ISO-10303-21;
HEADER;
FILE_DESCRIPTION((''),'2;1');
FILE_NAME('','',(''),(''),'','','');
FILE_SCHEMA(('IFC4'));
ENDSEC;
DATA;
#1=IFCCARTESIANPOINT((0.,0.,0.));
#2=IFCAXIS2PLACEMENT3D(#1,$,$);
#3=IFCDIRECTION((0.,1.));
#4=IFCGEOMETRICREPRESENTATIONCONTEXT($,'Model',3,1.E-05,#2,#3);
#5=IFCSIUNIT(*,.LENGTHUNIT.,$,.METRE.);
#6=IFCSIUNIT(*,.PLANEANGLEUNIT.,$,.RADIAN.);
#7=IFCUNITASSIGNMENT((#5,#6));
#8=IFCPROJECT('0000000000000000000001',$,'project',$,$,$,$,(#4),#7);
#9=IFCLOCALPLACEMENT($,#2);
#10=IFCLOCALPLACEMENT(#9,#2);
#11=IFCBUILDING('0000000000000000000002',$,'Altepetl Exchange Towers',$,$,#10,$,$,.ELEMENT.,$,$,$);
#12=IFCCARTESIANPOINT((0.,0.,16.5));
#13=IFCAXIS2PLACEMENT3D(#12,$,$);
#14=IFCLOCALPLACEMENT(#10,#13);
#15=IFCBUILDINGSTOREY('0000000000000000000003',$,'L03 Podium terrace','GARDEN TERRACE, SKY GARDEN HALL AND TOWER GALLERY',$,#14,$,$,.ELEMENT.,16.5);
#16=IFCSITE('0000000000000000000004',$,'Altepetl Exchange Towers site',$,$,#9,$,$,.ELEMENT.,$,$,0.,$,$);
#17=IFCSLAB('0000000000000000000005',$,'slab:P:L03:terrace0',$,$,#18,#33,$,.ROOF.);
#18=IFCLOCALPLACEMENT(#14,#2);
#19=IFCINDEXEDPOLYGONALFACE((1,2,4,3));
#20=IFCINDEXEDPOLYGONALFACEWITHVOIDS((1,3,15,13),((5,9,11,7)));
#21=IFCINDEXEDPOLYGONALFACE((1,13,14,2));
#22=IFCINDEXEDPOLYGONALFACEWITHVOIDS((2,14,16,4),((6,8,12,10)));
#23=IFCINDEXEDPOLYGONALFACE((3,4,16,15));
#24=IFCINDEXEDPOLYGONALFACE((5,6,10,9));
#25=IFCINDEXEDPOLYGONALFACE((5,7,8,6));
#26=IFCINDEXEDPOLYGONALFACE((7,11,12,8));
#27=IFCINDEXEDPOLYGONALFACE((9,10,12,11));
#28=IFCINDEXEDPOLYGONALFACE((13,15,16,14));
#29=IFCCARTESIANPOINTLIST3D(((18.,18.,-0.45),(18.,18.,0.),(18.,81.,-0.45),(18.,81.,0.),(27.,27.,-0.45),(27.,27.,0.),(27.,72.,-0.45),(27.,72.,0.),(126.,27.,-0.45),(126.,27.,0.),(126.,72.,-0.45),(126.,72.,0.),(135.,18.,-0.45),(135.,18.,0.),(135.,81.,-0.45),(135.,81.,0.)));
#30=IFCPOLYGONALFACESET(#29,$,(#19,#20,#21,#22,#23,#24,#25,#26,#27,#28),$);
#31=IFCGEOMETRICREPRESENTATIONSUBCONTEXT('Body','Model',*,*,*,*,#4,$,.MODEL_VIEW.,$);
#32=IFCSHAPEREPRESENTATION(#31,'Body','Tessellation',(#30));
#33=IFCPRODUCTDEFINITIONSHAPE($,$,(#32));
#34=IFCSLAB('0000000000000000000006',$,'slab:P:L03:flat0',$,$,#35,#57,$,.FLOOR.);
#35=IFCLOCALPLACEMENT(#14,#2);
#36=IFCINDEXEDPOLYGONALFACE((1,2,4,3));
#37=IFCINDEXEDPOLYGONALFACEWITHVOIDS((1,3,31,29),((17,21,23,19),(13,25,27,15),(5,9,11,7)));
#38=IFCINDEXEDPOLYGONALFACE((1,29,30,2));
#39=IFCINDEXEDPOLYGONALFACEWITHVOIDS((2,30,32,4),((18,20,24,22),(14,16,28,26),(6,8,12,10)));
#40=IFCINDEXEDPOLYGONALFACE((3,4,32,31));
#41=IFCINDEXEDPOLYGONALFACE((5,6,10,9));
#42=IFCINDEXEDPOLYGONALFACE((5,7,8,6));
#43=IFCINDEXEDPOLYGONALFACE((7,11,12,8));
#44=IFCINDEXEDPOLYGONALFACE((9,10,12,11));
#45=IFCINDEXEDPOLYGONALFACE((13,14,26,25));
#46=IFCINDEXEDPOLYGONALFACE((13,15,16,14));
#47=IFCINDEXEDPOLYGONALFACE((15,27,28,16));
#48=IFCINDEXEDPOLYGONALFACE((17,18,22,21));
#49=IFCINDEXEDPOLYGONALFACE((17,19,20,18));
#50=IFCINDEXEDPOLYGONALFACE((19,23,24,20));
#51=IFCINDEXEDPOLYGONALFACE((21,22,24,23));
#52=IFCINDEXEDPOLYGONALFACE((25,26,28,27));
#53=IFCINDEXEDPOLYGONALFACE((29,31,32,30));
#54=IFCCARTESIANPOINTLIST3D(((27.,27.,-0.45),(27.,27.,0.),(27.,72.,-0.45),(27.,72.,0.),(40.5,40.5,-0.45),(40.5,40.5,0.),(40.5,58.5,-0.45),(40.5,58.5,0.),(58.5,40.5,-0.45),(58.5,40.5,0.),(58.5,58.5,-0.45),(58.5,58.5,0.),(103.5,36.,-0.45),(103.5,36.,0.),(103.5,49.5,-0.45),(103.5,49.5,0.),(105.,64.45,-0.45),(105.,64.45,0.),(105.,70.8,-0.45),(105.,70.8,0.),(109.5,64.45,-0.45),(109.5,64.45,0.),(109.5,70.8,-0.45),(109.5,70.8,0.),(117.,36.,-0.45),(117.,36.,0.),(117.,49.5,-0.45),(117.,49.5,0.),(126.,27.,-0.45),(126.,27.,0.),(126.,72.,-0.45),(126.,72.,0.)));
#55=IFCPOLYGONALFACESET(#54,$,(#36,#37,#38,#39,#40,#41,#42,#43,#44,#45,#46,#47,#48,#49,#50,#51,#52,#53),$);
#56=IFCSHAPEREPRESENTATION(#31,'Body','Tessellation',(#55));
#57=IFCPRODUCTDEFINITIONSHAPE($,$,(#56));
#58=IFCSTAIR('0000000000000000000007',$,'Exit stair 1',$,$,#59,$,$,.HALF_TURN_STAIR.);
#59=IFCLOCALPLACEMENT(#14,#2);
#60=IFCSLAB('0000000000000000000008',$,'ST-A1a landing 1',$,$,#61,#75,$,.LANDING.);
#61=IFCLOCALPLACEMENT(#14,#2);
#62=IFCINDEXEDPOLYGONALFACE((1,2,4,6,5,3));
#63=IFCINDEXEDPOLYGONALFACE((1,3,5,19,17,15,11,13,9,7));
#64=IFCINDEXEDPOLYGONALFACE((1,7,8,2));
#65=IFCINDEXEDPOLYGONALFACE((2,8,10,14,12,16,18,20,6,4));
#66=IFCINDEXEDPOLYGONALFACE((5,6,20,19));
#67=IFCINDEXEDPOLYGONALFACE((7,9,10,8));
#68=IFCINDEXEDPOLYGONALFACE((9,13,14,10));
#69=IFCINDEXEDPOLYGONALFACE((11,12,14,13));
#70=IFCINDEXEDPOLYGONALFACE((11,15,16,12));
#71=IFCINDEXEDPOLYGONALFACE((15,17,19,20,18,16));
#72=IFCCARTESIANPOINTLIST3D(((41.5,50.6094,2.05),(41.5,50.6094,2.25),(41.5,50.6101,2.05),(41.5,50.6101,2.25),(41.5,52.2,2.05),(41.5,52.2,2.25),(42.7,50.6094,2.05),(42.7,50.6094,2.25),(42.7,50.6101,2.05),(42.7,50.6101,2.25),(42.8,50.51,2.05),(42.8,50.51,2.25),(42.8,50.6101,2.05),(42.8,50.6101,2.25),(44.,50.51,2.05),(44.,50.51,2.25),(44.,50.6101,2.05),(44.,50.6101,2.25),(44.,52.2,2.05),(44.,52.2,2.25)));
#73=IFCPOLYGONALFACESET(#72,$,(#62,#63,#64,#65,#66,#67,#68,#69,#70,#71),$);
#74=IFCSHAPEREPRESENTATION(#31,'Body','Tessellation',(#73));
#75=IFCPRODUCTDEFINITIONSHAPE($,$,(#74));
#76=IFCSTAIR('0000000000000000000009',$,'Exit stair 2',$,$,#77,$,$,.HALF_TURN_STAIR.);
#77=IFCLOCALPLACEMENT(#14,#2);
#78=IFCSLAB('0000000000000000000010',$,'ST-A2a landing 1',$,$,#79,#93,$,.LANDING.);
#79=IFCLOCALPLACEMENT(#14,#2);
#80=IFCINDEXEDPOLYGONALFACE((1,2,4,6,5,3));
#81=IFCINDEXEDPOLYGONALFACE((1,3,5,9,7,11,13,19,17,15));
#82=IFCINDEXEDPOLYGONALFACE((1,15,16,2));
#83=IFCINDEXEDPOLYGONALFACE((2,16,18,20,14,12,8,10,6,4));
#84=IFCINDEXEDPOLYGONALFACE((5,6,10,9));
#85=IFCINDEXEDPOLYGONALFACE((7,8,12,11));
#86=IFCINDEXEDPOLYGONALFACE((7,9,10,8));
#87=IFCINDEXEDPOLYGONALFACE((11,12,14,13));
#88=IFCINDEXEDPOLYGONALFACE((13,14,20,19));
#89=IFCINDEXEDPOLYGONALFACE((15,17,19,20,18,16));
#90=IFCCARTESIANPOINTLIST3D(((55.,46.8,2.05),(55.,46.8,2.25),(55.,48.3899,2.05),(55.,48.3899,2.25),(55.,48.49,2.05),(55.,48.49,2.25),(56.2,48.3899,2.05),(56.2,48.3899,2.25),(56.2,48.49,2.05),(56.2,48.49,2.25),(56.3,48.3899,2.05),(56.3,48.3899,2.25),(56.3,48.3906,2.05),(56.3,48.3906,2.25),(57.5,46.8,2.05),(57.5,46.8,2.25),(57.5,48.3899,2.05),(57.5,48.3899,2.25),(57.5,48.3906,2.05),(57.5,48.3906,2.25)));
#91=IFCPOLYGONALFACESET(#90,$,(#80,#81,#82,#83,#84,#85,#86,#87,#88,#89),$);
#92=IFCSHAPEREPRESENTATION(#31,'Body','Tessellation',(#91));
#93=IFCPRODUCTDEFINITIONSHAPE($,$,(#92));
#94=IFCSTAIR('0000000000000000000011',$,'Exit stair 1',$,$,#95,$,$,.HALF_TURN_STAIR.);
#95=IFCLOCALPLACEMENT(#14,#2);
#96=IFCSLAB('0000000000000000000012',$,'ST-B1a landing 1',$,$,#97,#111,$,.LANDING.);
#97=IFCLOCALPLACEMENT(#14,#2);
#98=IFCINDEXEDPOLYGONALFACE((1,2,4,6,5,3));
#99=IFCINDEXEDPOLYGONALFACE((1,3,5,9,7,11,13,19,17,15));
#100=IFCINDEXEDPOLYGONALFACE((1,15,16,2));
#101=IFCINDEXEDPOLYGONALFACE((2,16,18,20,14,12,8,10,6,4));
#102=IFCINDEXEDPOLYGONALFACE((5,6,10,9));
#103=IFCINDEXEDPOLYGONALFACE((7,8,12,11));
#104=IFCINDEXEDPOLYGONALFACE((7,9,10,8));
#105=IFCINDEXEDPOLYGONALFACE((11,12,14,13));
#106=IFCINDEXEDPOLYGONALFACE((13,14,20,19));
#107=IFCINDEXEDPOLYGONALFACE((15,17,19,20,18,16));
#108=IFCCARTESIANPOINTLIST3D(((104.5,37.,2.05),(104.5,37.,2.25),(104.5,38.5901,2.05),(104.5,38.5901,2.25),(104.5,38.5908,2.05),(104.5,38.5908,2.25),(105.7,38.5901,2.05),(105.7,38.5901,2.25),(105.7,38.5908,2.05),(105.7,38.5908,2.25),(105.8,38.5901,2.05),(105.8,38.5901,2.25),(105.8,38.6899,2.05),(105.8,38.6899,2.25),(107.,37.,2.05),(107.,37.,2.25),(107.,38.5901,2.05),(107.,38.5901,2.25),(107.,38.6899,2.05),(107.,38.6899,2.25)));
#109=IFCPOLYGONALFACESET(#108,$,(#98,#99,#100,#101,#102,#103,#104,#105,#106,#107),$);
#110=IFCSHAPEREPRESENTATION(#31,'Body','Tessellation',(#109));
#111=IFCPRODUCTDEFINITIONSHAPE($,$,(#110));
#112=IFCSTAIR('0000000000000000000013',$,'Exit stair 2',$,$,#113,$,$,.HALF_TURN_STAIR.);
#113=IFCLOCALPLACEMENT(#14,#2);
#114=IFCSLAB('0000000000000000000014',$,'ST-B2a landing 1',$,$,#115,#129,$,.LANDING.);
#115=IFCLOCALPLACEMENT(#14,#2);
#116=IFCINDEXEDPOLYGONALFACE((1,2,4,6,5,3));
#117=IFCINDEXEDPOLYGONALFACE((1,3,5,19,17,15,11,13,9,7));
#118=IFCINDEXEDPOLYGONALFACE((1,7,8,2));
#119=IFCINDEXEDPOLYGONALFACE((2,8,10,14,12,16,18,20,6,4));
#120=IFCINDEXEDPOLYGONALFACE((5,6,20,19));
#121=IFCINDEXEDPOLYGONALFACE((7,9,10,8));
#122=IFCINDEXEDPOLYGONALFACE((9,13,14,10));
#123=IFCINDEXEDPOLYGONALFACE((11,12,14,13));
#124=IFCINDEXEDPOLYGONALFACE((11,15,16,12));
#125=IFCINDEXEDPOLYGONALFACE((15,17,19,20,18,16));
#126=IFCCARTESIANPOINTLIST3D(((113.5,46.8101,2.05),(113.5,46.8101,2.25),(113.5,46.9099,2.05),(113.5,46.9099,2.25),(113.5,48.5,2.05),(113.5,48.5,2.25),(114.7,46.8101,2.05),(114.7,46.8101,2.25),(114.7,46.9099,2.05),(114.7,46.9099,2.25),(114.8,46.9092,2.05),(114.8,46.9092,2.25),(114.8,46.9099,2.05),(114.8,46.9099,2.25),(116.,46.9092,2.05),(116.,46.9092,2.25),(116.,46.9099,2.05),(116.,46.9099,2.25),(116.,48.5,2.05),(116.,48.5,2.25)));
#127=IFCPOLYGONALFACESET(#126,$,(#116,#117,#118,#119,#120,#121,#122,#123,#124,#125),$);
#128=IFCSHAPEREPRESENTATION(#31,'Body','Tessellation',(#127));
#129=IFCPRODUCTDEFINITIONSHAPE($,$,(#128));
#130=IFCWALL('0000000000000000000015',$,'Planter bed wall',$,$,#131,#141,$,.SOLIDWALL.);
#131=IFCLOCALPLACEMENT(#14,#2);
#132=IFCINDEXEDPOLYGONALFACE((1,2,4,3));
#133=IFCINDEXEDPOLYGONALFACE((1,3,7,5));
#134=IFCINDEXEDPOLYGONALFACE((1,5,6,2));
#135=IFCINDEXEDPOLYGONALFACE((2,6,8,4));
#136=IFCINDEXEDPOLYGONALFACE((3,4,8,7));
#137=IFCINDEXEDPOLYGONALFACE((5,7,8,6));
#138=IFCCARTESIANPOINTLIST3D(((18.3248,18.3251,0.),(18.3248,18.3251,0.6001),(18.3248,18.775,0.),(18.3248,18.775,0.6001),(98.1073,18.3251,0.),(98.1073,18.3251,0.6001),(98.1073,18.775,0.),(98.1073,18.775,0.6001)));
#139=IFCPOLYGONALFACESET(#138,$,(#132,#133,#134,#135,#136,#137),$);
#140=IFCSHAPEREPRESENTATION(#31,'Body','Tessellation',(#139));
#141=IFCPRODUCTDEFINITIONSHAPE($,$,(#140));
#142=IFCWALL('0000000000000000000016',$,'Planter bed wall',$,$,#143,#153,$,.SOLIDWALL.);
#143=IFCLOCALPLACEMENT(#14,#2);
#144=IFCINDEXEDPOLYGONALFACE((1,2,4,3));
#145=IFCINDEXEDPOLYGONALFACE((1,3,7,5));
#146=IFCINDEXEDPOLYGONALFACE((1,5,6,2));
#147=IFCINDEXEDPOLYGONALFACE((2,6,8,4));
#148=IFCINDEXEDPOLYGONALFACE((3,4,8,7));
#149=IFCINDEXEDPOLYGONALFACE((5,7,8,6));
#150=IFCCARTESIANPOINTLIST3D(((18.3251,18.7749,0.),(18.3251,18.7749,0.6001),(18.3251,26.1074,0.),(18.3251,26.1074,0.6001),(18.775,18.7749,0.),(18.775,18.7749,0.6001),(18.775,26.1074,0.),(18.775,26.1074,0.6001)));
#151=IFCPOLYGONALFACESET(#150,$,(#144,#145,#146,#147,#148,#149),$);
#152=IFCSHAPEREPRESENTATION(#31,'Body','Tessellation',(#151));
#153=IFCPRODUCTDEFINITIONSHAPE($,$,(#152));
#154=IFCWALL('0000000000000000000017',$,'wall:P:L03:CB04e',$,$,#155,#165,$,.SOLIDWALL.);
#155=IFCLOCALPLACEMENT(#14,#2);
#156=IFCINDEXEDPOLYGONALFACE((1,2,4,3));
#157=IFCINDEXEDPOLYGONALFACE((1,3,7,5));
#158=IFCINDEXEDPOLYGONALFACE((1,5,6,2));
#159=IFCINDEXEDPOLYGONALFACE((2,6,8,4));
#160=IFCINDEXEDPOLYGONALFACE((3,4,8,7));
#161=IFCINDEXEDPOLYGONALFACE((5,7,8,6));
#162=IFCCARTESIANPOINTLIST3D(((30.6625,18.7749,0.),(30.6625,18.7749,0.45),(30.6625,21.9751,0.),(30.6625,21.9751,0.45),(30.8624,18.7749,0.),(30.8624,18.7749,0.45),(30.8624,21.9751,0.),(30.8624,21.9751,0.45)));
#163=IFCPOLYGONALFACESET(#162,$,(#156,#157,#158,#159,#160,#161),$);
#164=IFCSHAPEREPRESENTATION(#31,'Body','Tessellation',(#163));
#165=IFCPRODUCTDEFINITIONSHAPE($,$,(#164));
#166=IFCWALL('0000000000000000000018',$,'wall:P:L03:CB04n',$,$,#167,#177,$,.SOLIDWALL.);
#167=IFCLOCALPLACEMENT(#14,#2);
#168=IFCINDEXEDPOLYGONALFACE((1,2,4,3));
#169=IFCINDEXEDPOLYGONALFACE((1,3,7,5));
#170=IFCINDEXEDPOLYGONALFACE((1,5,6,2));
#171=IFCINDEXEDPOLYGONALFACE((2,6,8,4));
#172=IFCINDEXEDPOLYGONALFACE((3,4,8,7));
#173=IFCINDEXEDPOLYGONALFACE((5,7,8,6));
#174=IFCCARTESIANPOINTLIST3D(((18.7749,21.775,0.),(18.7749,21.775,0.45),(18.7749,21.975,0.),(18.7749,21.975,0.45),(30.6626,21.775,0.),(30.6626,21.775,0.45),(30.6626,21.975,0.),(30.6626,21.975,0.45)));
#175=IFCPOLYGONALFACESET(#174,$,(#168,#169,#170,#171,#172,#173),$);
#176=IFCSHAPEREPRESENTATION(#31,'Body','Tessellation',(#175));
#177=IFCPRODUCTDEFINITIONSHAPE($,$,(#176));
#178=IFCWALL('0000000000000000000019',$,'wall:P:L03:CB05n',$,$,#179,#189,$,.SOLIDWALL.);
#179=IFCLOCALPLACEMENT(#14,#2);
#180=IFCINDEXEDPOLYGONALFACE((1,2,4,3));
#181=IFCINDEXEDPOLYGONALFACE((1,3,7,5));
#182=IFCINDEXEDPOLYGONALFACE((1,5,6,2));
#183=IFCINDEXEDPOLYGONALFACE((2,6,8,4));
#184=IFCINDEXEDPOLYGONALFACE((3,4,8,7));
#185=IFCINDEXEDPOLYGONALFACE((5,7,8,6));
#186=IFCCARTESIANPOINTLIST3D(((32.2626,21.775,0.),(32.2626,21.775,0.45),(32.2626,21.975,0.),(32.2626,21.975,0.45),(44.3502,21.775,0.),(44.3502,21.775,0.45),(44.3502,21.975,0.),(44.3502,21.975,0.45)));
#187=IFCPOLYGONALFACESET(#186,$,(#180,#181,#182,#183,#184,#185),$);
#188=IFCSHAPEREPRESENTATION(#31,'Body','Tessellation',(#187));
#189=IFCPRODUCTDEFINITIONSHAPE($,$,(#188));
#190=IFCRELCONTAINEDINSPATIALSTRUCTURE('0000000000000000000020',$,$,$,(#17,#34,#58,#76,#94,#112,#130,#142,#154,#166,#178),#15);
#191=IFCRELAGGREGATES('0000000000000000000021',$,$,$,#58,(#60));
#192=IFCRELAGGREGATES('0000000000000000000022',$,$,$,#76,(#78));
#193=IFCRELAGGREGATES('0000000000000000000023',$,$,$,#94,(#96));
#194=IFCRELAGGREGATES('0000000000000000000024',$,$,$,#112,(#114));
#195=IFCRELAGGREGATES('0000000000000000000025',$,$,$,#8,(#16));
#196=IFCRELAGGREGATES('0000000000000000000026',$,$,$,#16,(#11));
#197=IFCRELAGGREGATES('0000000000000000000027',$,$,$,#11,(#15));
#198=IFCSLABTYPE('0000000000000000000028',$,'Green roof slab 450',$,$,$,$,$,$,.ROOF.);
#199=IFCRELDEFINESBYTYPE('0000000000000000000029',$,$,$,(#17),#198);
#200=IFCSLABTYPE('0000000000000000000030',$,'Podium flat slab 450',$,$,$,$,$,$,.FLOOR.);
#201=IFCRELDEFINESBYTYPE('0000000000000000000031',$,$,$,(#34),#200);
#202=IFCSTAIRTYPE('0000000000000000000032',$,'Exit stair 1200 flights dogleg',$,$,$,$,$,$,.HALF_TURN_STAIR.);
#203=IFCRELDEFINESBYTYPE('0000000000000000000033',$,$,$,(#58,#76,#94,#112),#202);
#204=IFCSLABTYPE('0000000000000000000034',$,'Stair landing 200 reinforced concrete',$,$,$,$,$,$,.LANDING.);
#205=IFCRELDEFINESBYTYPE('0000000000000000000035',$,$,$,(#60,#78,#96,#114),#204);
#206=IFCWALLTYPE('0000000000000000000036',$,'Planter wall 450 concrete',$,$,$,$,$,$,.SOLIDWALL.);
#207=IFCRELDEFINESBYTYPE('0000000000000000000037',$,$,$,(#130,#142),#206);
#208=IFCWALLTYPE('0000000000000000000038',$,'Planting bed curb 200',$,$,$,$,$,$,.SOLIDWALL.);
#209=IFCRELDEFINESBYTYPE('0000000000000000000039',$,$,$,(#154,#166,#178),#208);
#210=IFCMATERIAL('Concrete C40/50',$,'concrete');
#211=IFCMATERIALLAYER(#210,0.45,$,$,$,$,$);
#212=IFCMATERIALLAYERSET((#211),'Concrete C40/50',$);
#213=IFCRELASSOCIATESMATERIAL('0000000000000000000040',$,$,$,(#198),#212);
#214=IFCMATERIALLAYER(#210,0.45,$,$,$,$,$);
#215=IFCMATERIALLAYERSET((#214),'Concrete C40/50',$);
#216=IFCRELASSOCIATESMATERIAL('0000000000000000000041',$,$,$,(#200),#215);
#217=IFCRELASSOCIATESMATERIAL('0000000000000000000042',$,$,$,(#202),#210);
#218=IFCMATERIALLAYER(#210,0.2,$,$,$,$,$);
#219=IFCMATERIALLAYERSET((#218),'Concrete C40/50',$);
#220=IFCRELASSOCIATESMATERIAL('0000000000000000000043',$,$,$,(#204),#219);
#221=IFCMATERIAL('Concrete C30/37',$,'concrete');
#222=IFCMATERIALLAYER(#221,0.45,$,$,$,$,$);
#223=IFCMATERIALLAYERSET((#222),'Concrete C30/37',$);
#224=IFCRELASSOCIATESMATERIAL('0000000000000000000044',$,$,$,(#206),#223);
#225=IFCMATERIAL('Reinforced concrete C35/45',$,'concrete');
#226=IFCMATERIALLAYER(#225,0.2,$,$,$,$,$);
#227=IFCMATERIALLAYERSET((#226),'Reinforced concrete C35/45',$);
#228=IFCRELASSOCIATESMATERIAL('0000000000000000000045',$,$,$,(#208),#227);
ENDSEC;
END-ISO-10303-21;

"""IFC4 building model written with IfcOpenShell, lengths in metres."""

from ifc_helpers import new_model, si_unit, direction, frame, frame_2d, origin, place, context, subcontext, project, spatial, polyline, rectangle, outline, extrude, material, layer, layer_set, type_object, element, aggregate, save


model = new_model("IFC4")

# Units and contexts
model_context = context("Model", 3, precision=1e-05, world=origin(), true_north=direction((0.0, 1.0)))
body_context = subcontext(model_context, "Body", "Model", "MODEL_VIEW")
ifc_project = project(units=[si_unit("LENGTHUNIT", "METRE"), si_unit("PLANEANGLEUNIT", "RADIAN")], contexts=[model_context])

# Site, building, storey
site_placement = place(None, origin())
site = spatial("IfcSite", under=ifc_project, at=site_placement, Name="Altepetl Exchange Towers site", CompositionType="ELEMENT", RefElevation=0.0)
building_placement = place(site_placement, origin())
building = spatial("IfcBuilding", under=site, at=building_placement, Name="Altepetl Exchange Towers", CompositionType="ELEMENT")
storey_placement = place(building_placement, frame((0.0, 0.0, 16.5)))
storey = spatial("IfcBuildingStorey", under=building, at=storey_placement, Name="L03 Podium terrace", Description="GARDEN TERRACE, SKY GARDEN HALL AND TOWER GALLERY", CompositionType="ELEMENT", Elevation=16.5)

# Shared definitions
ifc_material_1 = material(Name="Concrete C40/50", Category="concrete")

# Slabs
ifc_layer_1 = layer(ifc_material_1, 0.45)
ifc_layer_set_1 = layer_set([ifc_layer_1], Name="Concrete C40/50")
slab_type_1 = type_object("IfcSlabType", Name="Green roof slab 450", PredefinedType="ROOF", material=ifc_layer_set_1)
slab_1_placement = place(storey_placement, frame((0.0, 0.0, -0.45)))
element("IfcSlab", 1, at=slab_1_placement, inside=storey, type_object=slab_type_1, Name="slab:P:L03:terrace0", PredefinedType="ROOF", context=body_context, shape_type="SweptSolid", body=[
    extrude(outline(polyline([(18.0, 18.0), (135.0, 18.0), (135.0, 81.0), (18.0, 81.0), (18.0, 18.0)]), holes=[polyline([(126.0, 72.0), (126.0, 27.0), (27.0, 27.0), (27.0, 72.0), (126.0, 72.0)])]), origin(), (0.0, 0.0, 1.0), 0.45),
])
ifc_layer_2 = layer(ifc_material_1, 0.45)
ifc_layer_set_2 = layer_set([ifc_layer_2], Name="Concrete C40/50")
slab_type_2 = type_object("IfcSlabType", Name="Podium flat slab 450", PredefinedType="FLOOR", material=ifc_layer_set_2)
slab_2_placement = place(storey_placement, frame((0.0, 0.0, -0.45)))
element("IfcSlab", 2, at=slab_2_placement, inside=storey, type_object=slab_type_2, Name="slab:P:L03:flat0", PredefinedType="FLOOR", context=body_context, shape_type="SweptSolid", body=[
    extrude(outline(polyline([(27.0, 72.0), (27.0, 27.0), (126.0, 27.0), (126.0, 72.0), (27.0, 72.0)]), holes=[polyline([(117.0, 49.5), (117.0, 36.0), (103.5, 36.0), (103.5, 49.5), (117.0, 49.5)]), polyline([(58.5, 58.5), (58.5, 40.5), (40.5, 40.5), (40.5, 58.5), (58.5, 58.5)]), polyline([(105.0, 64.45), (105.0, 70.8), (109.5, 70.8), (109.5, 64.45), (105.0, 64.45)])]), origin(), (0.0, 0.0, 1.0), 0.45),
])

# Stairs, slabs
stair_type = type_object("IfcStairType", Name="Exit stair 1200 flights dogleg", PredefinedType="HALF_TURN_STAIR", material=ifc_material_1)
stair_1_placement = place(storey_placement, origin())
stair_1 = element("IfcStair", 3, at=stair_1_placement, inside=storey, type_object=stair_type, Name="Exit stair 1", PredefinedType="HALF_TURN_STAIR")
ifc_layer_3 = layer(ifc_material_1, 0.2)
ifc_layer_set_3 = layer_set([ifc_layer_3], Name="Concrete C40/50")
slab_type_3 = type_object("IfcSlabType", Name="Stair landing 200 reinforced concrete", PredefinedType="LANDING", material=ifc_layer_set_3)
slab_3_placement = place(storey_placement, frame((0.0, 0.0, 2.05)))
slab_3 = element("IfcSlab", 4, at=slab_3_placement, type_object=slab_type_3, Name="ST-A1a landing 1", PredefinedType="LANDING", context=body_context, shape_type="SweptSolid", body=[
    extrude(outline(polyline([(44.0, 50.51), (42.8, 50.51), (42.8, 50.6101), (42.7, 50.6101), (42.7, 50.6094), (41.5, 50.6094), (41.5, 50.6101), (41.5, 52.2), (44.0, 52.2), (44.0, 50.6101), (44.0, 50.51)])), origin(), (0.0, 0.0, 1.0), 0.2),
])
aggregate(stair_1, [slab_3])
stair_2_placement = place(storey_placement, origin())
stair_2 = element("IfcStair", 5, at=stair_2_placement, inside=storey, type_object=stair_type, Name="Exit stair 2", PredefinedType="HALF_TURN_STAIR")
slab_4_placement = place(storey_placement, frame((0.0, 0.0, 2.05)))
slab_4 = element("IfcSlab", 6, at=slab_4_placement, type_object=slab_type_3, Name="ST-A2a landing 1", PredefinedType="LANDING", context=body_context, shape_type="SweptSolid", body=[
    extrude(outline(polyline([(57.5, 46.8), (55.0, 46.8), (55.0, 48.3899), (55.0, 48.49), (56.2, 48.49), (56.2, 48.3899), (56.3, 48.3899), (56.3, 48.3906), (57.5, 48.3906), (57.5, 48.3899), (57.5, 46.8)])), origin(), (0.0, 0.0, 1.0), 0.2),
])
aggregate(stair_2, [slab_4])
stair_3_placement = place(storey_placement, origin())
stair_3 = element("IfcStair", 7, at=stair_3_placement, inside=storey, type_object=stair_type, Name="Exit stair 1", PredefinedType="HALF_TURN_STAIR")
slab_5_placement = place(storey_placement, frame((0.0, 0.0, 2.05)))
slab_5 = element("IfcSlab", 8, at=slab_5_placement, type_object=slab_type_3, Name="ST-B1a landing 1", PredefinedType="LANDING", context=body_context, shape_type="SweptSolid", body=[
    extrude(outline(polyline([(107.0, 37.0), (104.5, 37.0), (104.5, 38.5901), (104.5, 38.5908), (105.7, 38.5908), (105.7, 38.5901), (105.8, 38.5901), (105.8, 38.6899), (107.0, 38.6899), (107.0, 38.5901), (107.0, 37.0)])), origin(), (0.0, 0.0, 1.0), 0.2),
])
aggregate(stair_3, [slab_5])
stair_4_placement = place(storey_placement, origin())
stair_4 = element("IfcStair", 9, at=stair_4_placement, inside=storey, type_object=stair_type, Name="Exit stair 2", PredefinedType="HALF_TURN_STAIR")
slab_6_placement = place(storey_placement, frame((0.0, 0.0, 2.05)))
slab_6 = element("IfcSlab", 10, at=slab_6_placement, type_object=slab_type_3, Name="ST-B2a landing 1", PredefinedType="LANDING", context=body_context, shape_type="SweptSolid", body=[
    extrude(outline(polyline([(114.7, 46.8101), (113.5, 46.8101), (113.5, 46.9099), (113.5, 48.5), (116.0, 48.5), (116.0, 46.9099), (116.0, 46.9092), (114.8, 46.9092), (114.8, 46.9099), (114.7, 46.9099), (114.7, 46.8101)])), origin(), (0.0, 0.0, 1.0), 0.2),
])
aggregate(stair_4, [slab_6])

# Walls
ifc_material_2 = material(Name="Concrete C30/37", Category="concrete")
ifc_layer_4 = layer(ifc_material_2, 0.45)
ifc_layer_set_4 = layer_set([ifc_layer_4], Name="Concrete C30/37")
wall_type_1 = type_object("IfcWallType", Name="Planter wall 450 concrete", PredefinedType="SOLIDWALL", material=ifc_layer_set_4)
wall_1_placement = place(storey_placement, frame((18.325, 18.55, 0.0)))
element("IfcWall", 11, at=wall_1_placement, inside=storey, type_object=wall_type_1, Name="Planter bed wall", PredefinedType="SOLIDWALL", context=body_context, shape_type="SweptSolid", body=[
    extrude(rectangle(XDim=79.7825, YDim=0.45, at=frame_2d((39.8911, 0.0))), origin(), (0.0, 0.0, 1.0), 0.6001),
])
wall_2_placement = place(storey_placement, frame((18.55, 26.1074, 0.0), z_axis=(0.0, 0.0, 1.0), x_axis=(0.0, -1.0, 0.0)))
element("IfcWall", 12, at=wall_2_placement, inside=storey, type_object=wall_type_1, Name="Planter bed wall", PredefinedType="SOLIDWALL", context=body_context, shape_type="SweptSolid", body=[
    extrude(rectangle(XDim=7.3325, YDim=0.45, at=frame_2d((3.6663, 0.0))), origin(), (0.0, 0.0, 1.0), 0.6001),
])
ifc_material_3 = material(Name="Reinforced concrete C35/45", Category="concrete")
ifc_layer_5 = layer(ifc_material_3, 0.2)
ifc_layer_set_5 = layer_set([ifc_layer_5], Name="Reinforced concrete C35/45")
wall_type_2 = type_object("IfcWallType", Name="Planting bed curb 200", PredefinedType="SOLIDWALL", material=ifc_layer_set_5)
wall_3_placement = place(storey_placement, frame((30.7625, 18.7749, 0.0), z_axis=(0.0, 0.0, 1.0), x_axis=(0.0, 1.0, 0.0)))
element("IfcWall", 13, at=wall_3_placement, inside=storey, type_object=wall_type_2, Name="wall:P:L03:CB04e", PredefinedType="SOLIDWALL", context=body_context, shape_type="SweptSolid", body=[
    extrude(rectangle(XDim=3.2002, YDim=0.2, at=frame_2d((1.6001, 0.0))), origin(), (0.0, 0.0, 1.0), 0.45),
])
wall_4_placement = place(storey_placement, frame((18.7749, 21.875, 0.0)))
element("IfcWall", 14, at=wall_4_placement, inside=storey, type_object=wall_type_2, Name="wall:P:L03:CB04n", PredefinedType="SOLIDWALL", context=body_context, shape_type="SweptSolid", body=[
    extrude(rectangle(XDim=11.8877, YDim=0.2, at=frame_2d((5.9438, 0.0))), origin(), (0.0, 0.0, 1.0), 0.45),
])
wall_5_placement = place(storey_placement, frame((32.2625, 21.875, 0.0)))
element("IfcWall", 15, at=wall_5_placement, inside=storey, type_object=wall_type_2, Name="wall:P:L03:CB05n", PredefinedType="SOLIDWALL", context=body_context, shape_type="SweptSolid", body=[
    extrude(rectangle(XDim=12.0876, YDim=0.2, at=frame_2d((6.0439, 0.0))), origin(), (0.0, 0.0, 1.0), 0.45),
])

save(model, "model.ifc")
